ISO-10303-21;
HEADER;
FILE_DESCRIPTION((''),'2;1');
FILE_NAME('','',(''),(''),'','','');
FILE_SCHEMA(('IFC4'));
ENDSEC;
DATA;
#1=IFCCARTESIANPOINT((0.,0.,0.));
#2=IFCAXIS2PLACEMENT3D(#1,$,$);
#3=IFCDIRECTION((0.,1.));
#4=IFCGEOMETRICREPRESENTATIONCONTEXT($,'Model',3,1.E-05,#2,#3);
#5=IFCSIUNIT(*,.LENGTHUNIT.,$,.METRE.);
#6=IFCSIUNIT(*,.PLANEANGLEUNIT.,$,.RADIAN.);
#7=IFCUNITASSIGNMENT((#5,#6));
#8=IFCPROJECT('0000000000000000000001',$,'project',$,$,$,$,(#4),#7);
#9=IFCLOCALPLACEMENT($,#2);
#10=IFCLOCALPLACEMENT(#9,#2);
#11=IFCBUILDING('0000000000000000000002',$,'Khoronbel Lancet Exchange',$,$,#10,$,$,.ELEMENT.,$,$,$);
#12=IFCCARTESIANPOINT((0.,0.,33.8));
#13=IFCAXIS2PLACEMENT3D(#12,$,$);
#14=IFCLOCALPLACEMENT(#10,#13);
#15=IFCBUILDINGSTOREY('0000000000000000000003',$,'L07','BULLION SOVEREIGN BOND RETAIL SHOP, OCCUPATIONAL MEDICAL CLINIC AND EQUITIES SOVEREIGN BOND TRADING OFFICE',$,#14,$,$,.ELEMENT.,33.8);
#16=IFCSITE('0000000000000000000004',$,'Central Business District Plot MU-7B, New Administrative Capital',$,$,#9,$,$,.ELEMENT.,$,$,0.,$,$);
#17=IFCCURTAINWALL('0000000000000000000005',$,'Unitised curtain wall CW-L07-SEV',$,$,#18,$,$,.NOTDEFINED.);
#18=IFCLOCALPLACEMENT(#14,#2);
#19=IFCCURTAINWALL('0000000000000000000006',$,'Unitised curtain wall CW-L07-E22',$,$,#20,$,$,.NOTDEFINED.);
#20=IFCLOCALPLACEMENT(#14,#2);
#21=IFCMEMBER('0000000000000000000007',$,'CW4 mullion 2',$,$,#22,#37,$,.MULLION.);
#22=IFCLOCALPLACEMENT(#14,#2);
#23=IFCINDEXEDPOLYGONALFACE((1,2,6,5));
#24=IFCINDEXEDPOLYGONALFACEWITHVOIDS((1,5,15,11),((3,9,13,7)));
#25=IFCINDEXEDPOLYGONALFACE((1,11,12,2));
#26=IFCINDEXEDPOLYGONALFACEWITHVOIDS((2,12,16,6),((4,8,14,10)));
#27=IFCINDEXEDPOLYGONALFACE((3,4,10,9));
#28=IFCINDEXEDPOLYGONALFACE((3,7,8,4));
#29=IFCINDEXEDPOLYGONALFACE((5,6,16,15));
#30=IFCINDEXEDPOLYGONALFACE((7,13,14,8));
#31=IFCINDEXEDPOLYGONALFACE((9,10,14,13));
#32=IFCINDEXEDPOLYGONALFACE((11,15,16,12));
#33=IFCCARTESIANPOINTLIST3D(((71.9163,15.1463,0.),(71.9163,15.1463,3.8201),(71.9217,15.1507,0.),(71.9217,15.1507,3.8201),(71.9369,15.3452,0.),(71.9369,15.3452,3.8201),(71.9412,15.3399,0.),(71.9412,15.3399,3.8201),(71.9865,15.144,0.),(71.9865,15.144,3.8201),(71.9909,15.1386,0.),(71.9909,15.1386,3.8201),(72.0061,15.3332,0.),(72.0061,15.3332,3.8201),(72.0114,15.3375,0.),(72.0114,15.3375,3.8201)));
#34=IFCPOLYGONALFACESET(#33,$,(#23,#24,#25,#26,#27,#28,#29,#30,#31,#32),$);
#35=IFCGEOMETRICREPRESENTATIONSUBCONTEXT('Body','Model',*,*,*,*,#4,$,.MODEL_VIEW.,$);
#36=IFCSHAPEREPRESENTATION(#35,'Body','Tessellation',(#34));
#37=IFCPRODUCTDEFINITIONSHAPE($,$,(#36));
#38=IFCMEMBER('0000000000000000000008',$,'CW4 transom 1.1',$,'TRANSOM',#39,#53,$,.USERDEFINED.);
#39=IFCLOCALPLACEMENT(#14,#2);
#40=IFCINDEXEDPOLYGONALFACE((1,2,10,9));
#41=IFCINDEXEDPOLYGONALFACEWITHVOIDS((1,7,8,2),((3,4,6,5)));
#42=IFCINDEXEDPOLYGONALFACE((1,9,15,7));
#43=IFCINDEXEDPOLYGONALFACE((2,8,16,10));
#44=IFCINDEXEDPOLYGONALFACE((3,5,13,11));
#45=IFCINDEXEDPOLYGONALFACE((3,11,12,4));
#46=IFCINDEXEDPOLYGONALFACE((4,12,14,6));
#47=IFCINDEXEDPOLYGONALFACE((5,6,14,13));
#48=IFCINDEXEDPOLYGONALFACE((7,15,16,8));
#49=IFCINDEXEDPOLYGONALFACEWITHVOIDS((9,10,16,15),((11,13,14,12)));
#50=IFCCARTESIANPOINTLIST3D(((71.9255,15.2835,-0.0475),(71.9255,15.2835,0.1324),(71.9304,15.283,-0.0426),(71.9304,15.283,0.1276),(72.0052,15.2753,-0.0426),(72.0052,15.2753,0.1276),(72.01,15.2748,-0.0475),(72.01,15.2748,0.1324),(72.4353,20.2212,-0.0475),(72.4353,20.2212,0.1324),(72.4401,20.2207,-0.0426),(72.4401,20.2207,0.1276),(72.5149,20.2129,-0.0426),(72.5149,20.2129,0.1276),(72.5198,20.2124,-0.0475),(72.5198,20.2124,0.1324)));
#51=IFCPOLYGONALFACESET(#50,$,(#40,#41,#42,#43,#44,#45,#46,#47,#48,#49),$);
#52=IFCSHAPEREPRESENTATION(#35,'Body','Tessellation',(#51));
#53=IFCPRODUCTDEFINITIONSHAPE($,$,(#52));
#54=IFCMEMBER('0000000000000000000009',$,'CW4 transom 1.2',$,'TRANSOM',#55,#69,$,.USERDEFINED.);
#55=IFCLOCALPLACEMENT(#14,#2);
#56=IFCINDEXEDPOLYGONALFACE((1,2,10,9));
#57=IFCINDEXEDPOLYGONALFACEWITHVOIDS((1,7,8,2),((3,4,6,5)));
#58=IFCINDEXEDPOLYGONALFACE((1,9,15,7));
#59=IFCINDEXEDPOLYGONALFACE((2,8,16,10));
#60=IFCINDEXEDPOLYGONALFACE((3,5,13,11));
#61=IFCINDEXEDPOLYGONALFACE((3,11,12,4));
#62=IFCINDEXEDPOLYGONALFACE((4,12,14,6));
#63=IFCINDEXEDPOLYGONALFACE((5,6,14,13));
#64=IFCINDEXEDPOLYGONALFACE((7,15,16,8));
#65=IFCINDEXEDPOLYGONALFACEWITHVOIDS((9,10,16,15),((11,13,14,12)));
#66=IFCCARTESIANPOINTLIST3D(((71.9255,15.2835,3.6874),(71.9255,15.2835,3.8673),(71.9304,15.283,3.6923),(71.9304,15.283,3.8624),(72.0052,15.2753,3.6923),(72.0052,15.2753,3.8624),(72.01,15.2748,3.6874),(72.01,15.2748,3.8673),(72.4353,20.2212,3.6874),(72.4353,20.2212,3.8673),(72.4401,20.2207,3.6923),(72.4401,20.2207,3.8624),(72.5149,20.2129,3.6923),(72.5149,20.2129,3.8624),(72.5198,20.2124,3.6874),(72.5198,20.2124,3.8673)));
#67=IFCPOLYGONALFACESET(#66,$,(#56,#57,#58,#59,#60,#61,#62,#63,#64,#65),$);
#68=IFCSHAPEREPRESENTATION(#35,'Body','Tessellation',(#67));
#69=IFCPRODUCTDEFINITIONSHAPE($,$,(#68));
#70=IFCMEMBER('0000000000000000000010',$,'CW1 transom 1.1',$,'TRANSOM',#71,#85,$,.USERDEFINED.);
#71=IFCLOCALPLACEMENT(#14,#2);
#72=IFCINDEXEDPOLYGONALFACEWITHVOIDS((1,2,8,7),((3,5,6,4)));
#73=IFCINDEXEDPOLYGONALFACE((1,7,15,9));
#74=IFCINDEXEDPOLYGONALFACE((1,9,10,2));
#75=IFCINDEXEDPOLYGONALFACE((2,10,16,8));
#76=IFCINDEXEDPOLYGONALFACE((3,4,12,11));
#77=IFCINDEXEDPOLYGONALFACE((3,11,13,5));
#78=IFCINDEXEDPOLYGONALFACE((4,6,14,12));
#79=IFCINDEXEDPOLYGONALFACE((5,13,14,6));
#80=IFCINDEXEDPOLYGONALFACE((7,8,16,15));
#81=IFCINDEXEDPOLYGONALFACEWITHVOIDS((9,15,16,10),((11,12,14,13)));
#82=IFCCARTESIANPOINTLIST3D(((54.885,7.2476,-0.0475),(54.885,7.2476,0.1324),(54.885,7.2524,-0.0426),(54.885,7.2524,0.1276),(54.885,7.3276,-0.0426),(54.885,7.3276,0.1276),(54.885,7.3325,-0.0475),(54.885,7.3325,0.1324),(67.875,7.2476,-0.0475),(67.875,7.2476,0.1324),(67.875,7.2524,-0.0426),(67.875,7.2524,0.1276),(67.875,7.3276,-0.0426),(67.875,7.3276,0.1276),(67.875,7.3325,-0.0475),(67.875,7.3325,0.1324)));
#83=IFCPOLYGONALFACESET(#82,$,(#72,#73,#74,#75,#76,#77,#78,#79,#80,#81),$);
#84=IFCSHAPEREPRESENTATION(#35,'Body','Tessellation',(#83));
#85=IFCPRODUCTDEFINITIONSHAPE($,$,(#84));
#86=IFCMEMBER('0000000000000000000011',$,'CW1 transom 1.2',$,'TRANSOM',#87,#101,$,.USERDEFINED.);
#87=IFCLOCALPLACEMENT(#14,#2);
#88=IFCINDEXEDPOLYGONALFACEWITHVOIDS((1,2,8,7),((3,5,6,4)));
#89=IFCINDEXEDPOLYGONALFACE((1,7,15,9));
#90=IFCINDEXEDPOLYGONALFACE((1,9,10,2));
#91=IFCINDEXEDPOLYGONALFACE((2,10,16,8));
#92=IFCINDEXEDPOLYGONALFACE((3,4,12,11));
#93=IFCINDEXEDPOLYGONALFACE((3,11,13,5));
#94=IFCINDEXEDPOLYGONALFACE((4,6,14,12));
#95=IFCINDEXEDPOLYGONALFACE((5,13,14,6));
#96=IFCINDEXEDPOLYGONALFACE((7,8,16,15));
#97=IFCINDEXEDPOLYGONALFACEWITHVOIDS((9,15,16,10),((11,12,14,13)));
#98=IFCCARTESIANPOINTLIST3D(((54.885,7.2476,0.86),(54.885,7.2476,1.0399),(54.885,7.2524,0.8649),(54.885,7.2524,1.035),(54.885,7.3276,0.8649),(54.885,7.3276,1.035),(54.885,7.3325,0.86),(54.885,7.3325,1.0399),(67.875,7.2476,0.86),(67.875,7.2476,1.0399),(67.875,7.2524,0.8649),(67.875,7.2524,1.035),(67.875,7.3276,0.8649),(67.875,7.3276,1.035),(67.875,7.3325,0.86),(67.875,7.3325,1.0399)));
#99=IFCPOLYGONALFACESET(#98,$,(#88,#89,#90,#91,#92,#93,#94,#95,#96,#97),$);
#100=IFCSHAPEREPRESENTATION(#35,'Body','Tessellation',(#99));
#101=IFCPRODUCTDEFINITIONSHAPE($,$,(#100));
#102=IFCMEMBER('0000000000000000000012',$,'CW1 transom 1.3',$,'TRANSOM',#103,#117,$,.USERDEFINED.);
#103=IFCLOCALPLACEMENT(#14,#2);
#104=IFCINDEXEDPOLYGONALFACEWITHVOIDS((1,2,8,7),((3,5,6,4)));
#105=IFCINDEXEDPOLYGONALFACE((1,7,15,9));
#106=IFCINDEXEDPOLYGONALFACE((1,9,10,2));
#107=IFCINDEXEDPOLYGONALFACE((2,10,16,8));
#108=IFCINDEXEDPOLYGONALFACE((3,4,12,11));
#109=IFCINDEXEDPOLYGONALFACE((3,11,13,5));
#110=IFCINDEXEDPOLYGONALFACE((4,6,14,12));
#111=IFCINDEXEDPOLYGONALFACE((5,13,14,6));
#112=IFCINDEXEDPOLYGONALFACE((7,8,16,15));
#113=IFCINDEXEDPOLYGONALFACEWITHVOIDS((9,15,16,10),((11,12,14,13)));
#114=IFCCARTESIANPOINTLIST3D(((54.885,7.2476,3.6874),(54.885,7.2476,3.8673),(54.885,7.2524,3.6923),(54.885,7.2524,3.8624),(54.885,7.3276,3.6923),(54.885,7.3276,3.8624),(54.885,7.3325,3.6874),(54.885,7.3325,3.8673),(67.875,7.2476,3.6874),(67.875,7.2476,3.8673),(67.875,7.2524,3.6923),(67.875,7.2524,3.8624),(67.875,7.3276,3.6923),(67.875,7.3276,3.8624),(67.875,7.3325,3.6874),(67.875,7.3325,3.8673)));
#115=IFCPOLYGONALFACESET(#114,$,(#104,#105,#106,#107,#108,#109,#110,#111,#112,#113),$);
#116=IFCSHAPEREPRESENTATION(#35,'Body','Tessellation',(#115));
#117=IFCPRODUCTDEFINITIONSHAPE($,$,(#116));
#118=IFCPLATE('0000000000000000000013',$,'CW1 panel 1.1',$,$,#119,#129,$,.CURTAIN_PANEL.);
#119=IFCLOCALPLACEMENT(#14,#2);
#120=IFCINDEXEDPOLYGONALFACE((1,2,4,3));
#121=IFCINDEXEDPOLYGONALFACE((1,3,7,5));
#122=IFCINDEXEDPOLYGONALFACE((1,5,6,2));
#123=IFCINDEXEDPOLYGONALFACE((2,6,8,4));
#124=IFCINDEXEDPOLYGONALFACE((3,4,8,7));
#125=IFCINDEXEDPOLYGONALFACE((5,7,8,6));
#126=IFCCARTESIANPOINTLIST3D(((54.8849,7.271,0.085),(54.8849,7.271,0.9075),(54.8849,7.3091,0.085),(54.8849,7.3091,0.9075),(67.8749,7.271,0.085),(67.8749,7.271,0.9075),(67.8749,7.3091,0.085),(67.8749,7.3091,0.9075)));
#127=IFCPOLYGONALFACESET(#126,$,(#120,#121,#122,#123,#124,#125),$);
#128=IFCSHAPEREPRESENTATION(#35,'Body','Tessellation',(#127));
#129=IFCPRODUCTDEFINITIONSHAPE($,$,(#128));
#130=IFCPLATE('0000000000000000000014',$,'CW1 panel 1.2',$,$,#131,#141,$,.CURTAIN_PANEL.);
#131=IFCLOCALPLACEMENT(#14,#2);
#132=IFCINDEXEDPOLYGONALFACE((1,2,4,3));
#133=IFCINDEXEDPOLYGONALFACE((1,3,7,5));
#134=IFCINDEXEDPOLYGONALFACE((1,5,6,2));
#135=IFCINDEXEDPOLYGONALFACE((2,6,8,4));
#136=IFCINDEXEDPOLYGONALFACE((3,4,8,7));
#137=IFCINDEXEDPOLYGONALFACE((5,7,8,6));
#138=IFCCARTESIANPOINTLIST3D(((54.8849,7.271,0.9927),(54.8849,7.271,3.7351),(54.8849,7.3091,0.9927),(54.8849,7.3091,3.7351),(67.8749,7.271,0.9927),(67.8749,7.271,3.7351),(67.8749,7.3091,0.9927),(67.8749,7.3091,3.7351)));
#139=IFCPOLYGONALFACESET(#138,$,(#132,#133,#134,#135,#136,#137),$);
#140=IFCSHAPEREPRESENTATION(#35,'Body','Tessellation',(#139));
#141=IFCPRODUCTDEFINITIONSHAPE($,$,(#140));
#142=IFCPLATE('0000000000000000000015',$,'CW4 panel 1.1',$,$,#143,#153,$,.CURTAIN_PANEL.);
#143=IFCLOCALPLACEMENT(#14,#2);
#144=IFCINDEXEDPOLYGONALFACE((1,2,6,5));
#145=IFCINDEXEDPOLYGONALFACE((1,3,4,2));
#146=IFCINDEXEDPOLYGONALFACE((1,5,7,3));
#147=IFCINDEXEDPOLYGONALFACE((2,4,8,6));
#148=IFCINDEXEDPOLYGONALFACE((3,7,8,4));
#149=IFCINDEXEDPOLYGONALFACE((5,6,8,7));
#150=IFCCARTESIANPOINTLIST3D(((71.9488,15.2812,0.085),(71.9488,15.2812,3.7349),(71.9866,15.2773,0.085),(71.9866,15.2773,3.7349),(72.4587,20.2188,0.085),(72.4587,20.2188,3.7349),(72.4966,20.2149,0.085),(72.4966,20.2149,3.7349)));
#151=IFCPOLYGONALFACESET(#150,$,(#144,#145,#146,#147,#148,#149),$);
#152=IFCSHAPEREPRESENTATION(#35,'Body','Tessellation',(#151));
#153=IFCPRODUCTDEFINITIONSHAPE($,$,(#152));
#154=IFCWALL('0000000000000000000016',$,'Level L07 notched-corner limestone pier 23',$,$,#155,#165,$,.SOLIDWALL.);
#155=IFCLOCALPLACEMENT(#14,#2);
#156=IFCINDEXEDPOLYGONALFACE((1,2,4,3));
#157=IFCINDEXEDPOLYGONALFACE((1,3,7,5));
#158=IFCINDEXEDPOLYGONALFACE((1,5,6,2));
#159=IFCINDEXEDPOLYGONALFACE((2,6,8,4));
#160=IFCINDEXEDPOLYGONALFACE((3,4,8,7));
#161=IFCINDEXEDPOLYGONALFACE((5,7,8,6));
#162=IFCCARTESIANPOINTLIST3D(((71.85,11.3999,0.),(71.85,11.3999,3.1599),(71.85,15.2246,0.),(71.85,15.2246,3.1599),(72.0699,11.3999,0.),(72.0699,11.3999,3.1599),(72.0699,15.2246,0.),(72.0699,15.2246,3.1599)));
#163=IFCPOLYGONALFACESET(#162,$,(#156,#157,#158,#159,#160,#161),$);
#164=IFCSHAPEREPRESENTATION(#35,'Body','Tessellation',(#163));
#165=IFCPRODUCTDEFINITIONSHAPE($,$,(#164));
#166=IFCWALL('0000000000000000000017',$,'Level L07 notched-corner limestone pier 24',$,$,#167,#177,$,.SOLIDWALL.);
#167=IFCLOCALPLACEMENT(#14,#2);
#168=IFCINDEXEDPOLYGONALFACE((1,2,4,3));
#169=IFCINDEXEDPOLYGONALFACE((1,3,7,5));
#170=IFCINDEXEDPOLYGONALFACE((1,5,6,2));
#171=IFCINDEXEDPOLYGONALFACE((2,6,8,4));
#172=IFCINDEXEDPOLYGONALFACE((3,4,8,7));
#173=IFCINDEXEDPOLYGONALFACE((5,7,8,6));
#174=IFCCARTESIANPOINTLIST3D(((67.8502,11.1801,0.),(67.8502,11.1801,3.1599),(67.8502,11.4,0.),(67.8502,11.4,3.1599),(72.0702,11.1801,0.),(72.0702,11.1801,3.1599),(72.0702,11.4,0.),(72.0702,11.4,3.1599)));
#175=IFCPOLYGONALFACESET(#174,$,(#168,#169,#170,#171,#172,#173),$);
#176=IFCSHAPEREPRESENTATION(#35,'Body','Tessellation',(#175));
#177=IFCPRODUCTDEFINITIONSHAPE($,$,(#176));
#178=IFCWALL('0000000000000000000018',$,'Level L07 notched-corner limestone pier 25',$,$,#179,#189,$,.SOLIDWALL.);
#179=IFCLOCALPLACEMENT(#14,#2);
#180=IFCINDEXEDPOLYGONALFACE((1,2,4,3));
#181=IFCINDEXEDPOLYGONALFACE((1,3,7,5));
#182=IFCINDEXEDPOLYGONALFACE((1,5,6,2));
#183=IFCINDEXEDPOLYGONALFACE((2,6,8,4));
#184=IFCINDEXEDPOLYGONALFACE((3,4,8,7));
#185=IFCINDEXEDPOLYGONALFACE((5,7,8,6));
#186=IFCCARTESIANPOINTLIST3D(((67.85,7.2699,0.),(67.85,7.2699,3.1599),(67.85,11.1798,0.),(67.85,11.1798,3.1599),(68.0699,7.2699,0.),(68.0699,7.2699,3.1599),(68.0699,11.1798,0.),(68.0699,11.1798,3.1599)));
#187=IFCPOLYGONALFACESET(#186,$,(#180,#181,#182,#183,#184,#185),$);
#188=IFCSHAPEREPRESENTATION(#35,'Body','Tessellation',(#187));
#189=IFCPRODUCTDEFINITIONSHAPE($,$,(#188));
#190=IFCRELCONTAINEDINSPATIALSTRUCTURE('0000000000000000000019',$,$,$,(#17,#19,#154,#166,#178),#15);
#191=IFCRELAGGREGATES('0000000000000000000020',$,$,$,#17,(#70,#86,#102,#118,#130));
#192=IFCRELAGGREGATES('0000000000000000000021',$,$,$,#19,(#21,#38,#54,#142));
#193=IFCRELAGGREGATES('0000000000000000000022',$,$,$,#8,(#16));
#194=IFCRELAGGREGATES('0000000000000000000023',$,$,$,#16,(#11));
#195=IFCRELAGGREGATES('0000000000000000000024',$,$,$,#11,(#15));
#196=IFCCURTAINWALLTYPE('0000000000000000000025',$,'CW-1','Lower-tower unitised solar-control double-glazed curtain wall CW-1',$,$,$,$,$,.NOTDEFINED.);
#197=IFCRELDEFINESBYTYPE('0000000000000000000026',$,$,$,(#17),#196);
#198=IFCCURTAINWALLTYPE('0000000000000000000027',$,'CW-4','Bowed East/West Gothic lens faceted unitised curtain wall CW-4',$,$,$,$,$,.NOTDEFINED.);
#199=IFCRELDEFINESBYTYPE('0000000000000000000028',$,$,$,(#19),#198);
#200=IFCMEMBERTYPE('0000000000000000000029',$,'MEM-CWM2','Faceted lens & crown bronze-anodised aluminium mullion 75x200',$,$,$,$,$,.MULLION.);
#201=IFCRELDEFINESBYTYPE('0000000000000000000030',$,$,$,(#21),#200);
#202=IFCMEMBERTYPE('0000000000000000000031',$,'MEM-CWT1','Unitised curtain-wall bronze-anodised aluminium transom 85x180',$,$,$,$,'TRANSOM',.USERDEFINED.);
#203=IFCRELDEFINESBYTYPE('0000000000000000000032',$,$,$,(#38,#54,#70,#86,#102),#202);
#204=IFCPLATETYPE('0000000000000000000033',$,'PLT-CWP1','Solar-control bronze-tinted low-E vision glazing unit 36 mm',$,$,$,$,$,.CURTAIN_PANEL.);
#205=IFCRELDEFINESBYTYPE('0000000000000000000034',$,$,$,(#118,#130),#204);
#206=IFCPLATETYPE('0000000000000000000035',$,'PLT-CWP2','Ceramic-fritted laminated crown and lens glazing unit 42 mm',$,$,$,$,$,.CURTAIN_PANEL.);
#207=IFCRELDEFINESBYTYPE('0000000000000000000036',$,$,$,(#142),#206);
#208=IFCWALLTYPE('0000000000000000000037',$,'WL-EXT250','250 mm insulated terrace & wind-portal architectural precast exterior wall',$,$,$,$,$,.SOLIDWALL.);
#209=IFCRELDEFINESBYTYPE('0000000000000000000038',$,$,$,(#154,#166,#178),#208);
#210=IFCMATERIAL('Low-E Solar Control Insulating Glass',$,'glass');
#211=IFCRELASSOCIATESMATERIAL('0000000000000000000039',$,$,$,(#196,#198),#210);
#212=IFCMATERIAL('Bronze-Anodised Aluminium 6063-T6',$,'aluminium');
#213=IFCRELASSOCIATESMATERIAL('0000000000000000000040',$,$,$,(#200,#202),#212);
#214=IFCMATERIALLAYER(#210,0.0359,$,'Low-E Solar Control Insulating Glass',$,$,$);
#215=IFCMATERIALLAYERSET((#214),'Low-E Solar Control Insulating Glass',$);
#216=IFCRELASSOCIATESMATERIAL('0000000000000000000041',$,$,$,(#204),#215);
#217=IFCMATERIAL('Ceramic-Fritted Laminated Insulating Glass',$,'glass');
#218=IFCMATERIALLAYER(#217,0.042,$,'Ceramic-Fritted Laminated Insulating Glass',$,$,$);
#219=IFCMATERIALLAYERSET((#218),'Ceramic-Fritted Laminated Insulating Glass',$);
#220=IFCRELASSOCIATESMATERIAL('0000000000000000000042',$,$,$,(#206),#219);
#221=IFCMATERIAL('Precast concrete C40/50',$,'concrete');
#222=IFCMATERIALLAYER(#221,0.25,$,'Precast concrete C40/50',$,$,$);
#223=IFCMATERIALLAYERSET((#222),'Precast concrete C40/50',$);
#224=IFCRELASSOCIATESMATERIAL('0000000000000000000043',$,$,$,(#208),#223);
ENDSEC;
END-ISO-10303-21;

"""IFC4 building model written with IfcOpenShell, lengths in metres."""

from ifc_helpers import new_model, si_unit, direction, frame, frame_2d, origin, origin_2d, place, context, subcontext, project, spatial, rectangle, hollow_rectangle, extrude, material, layer, layer_set, material_profile, profile_set, type_object, element, aggregate, save


model = new_model("IFC4")

# Units and contexts
model_context = context("Model", 3, precision=1e-05, world=origin(), true_north=direction((0.0, 1.0)))
body_context = subcontext(model_context, "Body", "Model", "MODEL_VIEW")
ifc_project = project(units=[si_unit("LENGTHUNIT", "METRE"), si_unit("PLANEANGLEUNIT", "RADIAN")], contexts=[model_context])

# Site, building, storey
site_placement = place(None, origin())
site = spatial("IfcSite", under=ifc_project, at=site_placement, Name="Central Business District Plot MU-7B, New Administrative Capital", CompositionType="ELEMENT", RefElevation=0.0)
building_placement = place(site_placement, origin())
building = spatial("IfcBuilding", under=site, at=building_placement, Name="Khoronbel Lancet Exchange", CompositionType="ELEMENT")
storey_placement = place(building_placement, frame((0.0, 0.0, 33.8)))
storey = spatial("IfcBuildingStorey", under=building, at=storey_placement, Name="L07", Description="BULLION SOVEREIGN BOND RETAIL SHOP, OCCUPATIONAL MEDICAL CLINIC AND EQUITIES SOVEREIGN BOND TRADING OFFICE", CompositionType="ELEMENT", Elevation=33.8)

# Shared definitions
ifc_material_1 = material(Name="Low-E Solar Control Insulating Glass", Category="glass")
curtain_wall_type_1 = type_object("IfcCurtainWallType", Name="CW-1", Description="Lower-tower unitised solar-control double-glazed curtain wall CW-1", PredefinedType="NOTDEFINED", material=ifc_material_1)
ifc_material_2 = material(Name="Bronze-Anodised Aluminium 6063-T6", Category="aluminium")

# Curtain wall
curtain_wall_1_placement = place(storey_placement, origin())
curtain_wall_1 = element("IfcCurtainWall", 1, at=curtain_wall_1_placement, inside=storey, type_object=curtain_wall_type_1, Name="Unitised curtain wall CW-L07-SEV", PredefinedType="NOTDEFINED")

# Shared definitions
curtain_wall_type_2 = type_object("IfcCurtainWallType", Name="CW-4", Description="Bowed East/West Gothic lens faceted unitised curtain wall CW-4", PredefinedType="NOTDEFINED", material=ifc_material_1)
ifc_material_profile_1 = material_profile(ifc_material_2, hollow_rectangle(XDim=0.075, YDim=0.2, WallThickness=0.0049, at=origin_2d()), Name="ALU MULLION 75x200")
ifc_profile_set_1 = profile_set([ifc_material_profile_1], Name="Bronze-Anodised Aluminium 6063-T6")
member_type_1 = type_object("IfcMemberType", Name="MEM-CWM2", Description="Faceted lens & crown bronze-anodised aluminium mullion 75x200", PredefinedType="MULLION", material=ifc_profile_set_1)

# Curtain wall, members
curtain_wall_2_placement = place(storey_placement, origin())
curtain_wall_2 = element("IfcCurtainWall", 2, at=curtain_wall_2_placement, inside=storey, type_object=curtain_wall_type_2, Name="Unitised curtain wall CW-L07-E22", PredefinedType="NOTDEFINED")
member_1_placement = place(storey_placement, frame((71.9639, 15.2419, 0.0), z_axis=(0.0, 0.0, 1.0), x_axis=(0.99471, -0.102723, 0.0)))
member_1 = element("IfcMember", 3, at=member_1_placement, type_object=member_type_1, Name="CW4 mullion 2", PredefinedType="MULLION", context=body_context, shape_type="SweptSolid", body=[
    extrude(hollow_rectangle(XDim=0.075, YDim=0.2, WallThickness=0.0049, at=origin_2d()), origin(), (0.0, 0.0, 1.0), 3.8201),
])
ifc_material_profile_2 = material_profile(ifc_material_2, hollow_rectangle(XDim=0.085, YDim=0.1799, WallThickness=0.0049, at=origin_2d()), Name="ALU TRANSOM 85x180")
ifc_profile_set_2 = profile_set([ifc_material_profile_2], Name="Bronze-Anodised Aluminium 6063-T6")
member_type_2 = type_object("IfcMemberType", Name="MEM-CWT1", Description="Unitised curtain-wall bronze-anodised aluminium transom 85x180", ElementType="TRANSOM", PredefinedType="USERDEFINED", material=ifc_profile_set_2)
member_2_placement = place(storey_placement, frame((72.4775, 20.2168, 0.0425), z_axis=(-0.102698, -0.994713, 0.0), x_axis=(0.994713, -0.102698, 0.0)))
member_2 = element("IfcMember", 4, at=member_2_placement, type_object=member_type_2, Name="CW4 transom 1.1", ObjectType="TRANSOM", PredefinedType="USERDEFINED", context=body_context, shape_type="SweptSolid", body=[
    extrude(hollow_rectangle(XDim=0.085, YDim=0.1799, WallThickness=0.0049, at=origin_2d()), origin(), (0.0, 0.0, 1.0), 4.9639),
])
member_3_placement = place(storey_placement, frame((72.4775, 20.2168, 3.7773), z_axis=(-0.102698, -0.994713, 0.0), x_axis=(0.994713, -0.102698, 0.0)))
member_3 = element("IfcMember", 5, at=member_3_placement, type_object=member_type_2, Name="CW4 transom 1.2", ObjectType="TRANSOM", PredefinedType="USERDEFINED", context=body_context, shape_type="SweptSolid", body=[
    extrude(hollow_rectangle(XDim=0.085, YDim=0.1799, WallThickness=0.0049, at=origin_2d()), origin(), (0.0, 0.0, 1.0), 4.9639),
])

# Members
member_4_placement = place(storey_placement, frame((54.885, 7.29, 0.0425), z_axis=(1.0, 0.0, 0.0), x_axis=(0.0, 1.0, 0.0)))
member_4 = element("IfcMember", 6, at=member_4_placement, type_object=member_type_2, Name="CW1 transom 1.1", ObjectType="TRANSOM", PredefinedType="USERDEFINED", context=body_context, shape_type="SweptSolid", body=[
    extrude(hollow_rectangle(XDim=0.085, YDim=0.1799, WallThickness=0.0049, at=origin_2d()), origin(), (0.0, 0.0, 1.0), 12.99),
])
member_5_placement = place(storey_placement, frame((54.885, 7.29, 0.95), z_axis=(1.0, 0.0, 0.0), x_axis=(0.0, 1.0, 0.0)))
member_5 = element("IfcMember", 7, at=member_5_placement, type_object=member_type_2, Name="CW1 transom 1.2", ObjectType="TRANSOM", PredefinedType="USERDEFINED", context=body_context, shape_type="SweptSolid", body=[
    extrude(hollow_rectangle(XDim=0.085, YDim=0.1799, WallThickness=0.0049, at=origin_2d()), origin(), (0.0, 0.0, 1.0), 12.99),
])
member_6_placement = place(storey_placement, frame((54.885, 7.29, 3.7773), z_axis=(1.0, 0.0, 0.0), x_axis=(0.0, 1.0, 0.0)))
member_6 = element("IfcMember", 8, at=member_6_placement, type_object=member_type_2, Name="CW1 transom 1.3", ObjectType="TRANSOM", PredefinedType="USERDEFINED", context=body_context, shape_type="SweptSolid", body=[
    extrude(hollow_rectangle(XDim=0.085, YDim=0.1799, WallThickness=0.0049, at=origin_2d()), origin(), (0.0, 0.0, 1.0), 12.99),
])

# Plates
ifc_layer_1 = layer(ifc_material_1, 0.0359, Name="Low-E Solar Control Insulating Glass")
ifc_layer_set_1 = layer_set([ifc_layer_1], Name="Low-E Solar Control Insulating Glass")
plate_type_1 = type_object("IfcPlateType", Name="PLT-CWP1", Description="Solar-control bronze-tinted low-E vision glazing unit 36 mm", PredefinedType="CURTAIN_PANEL", material=ifc_layer_set_1)
plate_1_placement = place(storey_placement, frame((61.3799, 7.29, 0.085), z_axis=(0.0, 0.0, 1.0), x_axis=(1.0, 0.0, 0.0)))
plate_1 = element("IfcPlate", 9, at=plate_1_placement, type_object=plate_type_1, Name="CW1 panel 1.1", PredefinedType="CURTAIN_PANEL", context=body_context, shape_type="SweptSolid", body=[
    extrude(rectangle(XDim=12.99, YDim=0.0381, at=origin_2d()), origin(), (0.0, 0.0, 1.0), 0.8225),
])
plate_2_placement = place(storey_placement, frame((61.3799, 7.29, 0.9927), z_axis=(0.0, 0.0, 1.0), x_axis=(1.0, 0.0, 0.0)))
plate_2 = element("IfcPlate", 10, at=plate_2_placement, type_object=plate_type_1, Name="CW1 panel 1.2", PredefinedType="CURTAIN_PANEL", context=body_context, shape_type="SweptSolid", body=[
    extrude(rectangle(XDim=12.99, YDim=0.0381, at=origin_2d()), origin(), (0.0, 0.0, 1.0), 2.7424),
])
aggregate(curtain_wall_1, [member_4, member_5, member_6, plate_1, plate_2])
ifc_material_3 = material(Name="Ceramic-Fritted Laminated Insulating Glass", Category="glass")
ifc_layer_2 = layer(ifc_material_3, 0.042, Name="Ceramic-Fritted Laminated Insulating Glass")
ifc_layer_set_2 = layer_set([ifc_layer_2], Name="Ceramic-Fritted Laminated Insulating Glass")
plate_type_2 = type_object("IfcPlateType", Name="PLT-CWP2", Description="Ceramic-fritted laminated crown and lens glazing unit 42 mm", PredefinedType="CURTAIN_PANEL", material=ifc_layer_set_2)
plate_3_placement = place(storey_placement, frame((72.2227, 17.748, 0.085), z_axis=(0.0, 0.0, 1.0), x_axis=(-0.102723, -0.99471, 0.0)))
plate_3 = element("IfcPlate", 11, at=plate_3_placement, type_object=plate_type_2, Name="CW4 panel 1.1", PredefinedType="CURTAIN_PANEL", context=body_context, shape_type="SweptSolid", body=[
    extrude(rectangle(XDim=4.9639, YDim=0.0381, at=origin_2d()), origin(), (0.0, 0.0, 1.0), 3.6499),
])
aggregate(curtain_wall_2, [member_1, member_2, member_3, plate_3])

# Walls
ifc_material_4 = material(Name="Precast concrete C40/50", Category="concrete")
ifc_layer_3 = layer(ifc_material_4, 0.25, Name="Precast concrete C40/50")
ifc_layer_set_3 = layer_set([ifc_layer_3], Name="Precast concrete C40/50")
wall_type_1 = type_object("IfcWallType", Name="WL-EXT250", Description="250 mm insulated terrace & wind-portal architectural precast exterior wall", PredefinedType="SOLIDWALL", material=ifc_layer_set_3)
wall_1_placement = place(storey_placement, frame((71.96, 15.2246, 0.0), z_axis=(0.0, 0.0, 1.0), x_axis=(0.0, -1.0, 0.0)))
element("IfcWall", 12, at=wall_1_placement, inside=storey, type_object=wall_type_1, Name="Level L07 notched-corner limestone pier 23", PredefinedType="SOLIDWALL", context=body_context, shape_type="SweptSolid", body=[
    extrude(rectangle(XDim=3.8247, YDim=0.22, at=frame_2d((1.9124, 0.0))), origin(), (0.0, 0.0, 1.0), 3.1599),
])
wall_2_placement = place(storey_placement, frame((72.0701, 11.29, 0.0), z_axis=(0.0, 0.0, 1.0), x_axis=(-1.0, 0.0, 0.0)))
element("IfcWall", 13, at=wall_2_placement, inside=storey, type_object=wall_type_1, Name="Level L07 notched-corner limestone pier 24", PredefinedType="SOLIDWALL", context=body_context, shape_type="SweptSolid", body=[
    extrude(rectangle(XDim=4.22, YDim=0.22, at=frame_2d((2.1099, 0.0))), origin(), (0.0, 0.0, 1.0), 3.1599),
])
wall_3_placement = place(storey_placement, frame((67.96, 11.1799, 0.0), z_axis=(0.0, 0.0, 1.0), x_axis=(0.0, -1.0, 0.0)))
element("IfcWall", 14, at=wall_3_placement, inside=storey, type_object=wall_type_1, Name="Level L07 notched-corner limestone pier 25", PredefinedType="SOLIDWALL", context=body_context, shape_type="SweptSolid", body=[
    extrude(rectangle(XDim=3.9099, YDim=0.22, at=frame_2d((1.9551, 0.0))), origin(), (0.0, 0.0, 1.0), 3.1599),
])

save(model, "model.ifc")
